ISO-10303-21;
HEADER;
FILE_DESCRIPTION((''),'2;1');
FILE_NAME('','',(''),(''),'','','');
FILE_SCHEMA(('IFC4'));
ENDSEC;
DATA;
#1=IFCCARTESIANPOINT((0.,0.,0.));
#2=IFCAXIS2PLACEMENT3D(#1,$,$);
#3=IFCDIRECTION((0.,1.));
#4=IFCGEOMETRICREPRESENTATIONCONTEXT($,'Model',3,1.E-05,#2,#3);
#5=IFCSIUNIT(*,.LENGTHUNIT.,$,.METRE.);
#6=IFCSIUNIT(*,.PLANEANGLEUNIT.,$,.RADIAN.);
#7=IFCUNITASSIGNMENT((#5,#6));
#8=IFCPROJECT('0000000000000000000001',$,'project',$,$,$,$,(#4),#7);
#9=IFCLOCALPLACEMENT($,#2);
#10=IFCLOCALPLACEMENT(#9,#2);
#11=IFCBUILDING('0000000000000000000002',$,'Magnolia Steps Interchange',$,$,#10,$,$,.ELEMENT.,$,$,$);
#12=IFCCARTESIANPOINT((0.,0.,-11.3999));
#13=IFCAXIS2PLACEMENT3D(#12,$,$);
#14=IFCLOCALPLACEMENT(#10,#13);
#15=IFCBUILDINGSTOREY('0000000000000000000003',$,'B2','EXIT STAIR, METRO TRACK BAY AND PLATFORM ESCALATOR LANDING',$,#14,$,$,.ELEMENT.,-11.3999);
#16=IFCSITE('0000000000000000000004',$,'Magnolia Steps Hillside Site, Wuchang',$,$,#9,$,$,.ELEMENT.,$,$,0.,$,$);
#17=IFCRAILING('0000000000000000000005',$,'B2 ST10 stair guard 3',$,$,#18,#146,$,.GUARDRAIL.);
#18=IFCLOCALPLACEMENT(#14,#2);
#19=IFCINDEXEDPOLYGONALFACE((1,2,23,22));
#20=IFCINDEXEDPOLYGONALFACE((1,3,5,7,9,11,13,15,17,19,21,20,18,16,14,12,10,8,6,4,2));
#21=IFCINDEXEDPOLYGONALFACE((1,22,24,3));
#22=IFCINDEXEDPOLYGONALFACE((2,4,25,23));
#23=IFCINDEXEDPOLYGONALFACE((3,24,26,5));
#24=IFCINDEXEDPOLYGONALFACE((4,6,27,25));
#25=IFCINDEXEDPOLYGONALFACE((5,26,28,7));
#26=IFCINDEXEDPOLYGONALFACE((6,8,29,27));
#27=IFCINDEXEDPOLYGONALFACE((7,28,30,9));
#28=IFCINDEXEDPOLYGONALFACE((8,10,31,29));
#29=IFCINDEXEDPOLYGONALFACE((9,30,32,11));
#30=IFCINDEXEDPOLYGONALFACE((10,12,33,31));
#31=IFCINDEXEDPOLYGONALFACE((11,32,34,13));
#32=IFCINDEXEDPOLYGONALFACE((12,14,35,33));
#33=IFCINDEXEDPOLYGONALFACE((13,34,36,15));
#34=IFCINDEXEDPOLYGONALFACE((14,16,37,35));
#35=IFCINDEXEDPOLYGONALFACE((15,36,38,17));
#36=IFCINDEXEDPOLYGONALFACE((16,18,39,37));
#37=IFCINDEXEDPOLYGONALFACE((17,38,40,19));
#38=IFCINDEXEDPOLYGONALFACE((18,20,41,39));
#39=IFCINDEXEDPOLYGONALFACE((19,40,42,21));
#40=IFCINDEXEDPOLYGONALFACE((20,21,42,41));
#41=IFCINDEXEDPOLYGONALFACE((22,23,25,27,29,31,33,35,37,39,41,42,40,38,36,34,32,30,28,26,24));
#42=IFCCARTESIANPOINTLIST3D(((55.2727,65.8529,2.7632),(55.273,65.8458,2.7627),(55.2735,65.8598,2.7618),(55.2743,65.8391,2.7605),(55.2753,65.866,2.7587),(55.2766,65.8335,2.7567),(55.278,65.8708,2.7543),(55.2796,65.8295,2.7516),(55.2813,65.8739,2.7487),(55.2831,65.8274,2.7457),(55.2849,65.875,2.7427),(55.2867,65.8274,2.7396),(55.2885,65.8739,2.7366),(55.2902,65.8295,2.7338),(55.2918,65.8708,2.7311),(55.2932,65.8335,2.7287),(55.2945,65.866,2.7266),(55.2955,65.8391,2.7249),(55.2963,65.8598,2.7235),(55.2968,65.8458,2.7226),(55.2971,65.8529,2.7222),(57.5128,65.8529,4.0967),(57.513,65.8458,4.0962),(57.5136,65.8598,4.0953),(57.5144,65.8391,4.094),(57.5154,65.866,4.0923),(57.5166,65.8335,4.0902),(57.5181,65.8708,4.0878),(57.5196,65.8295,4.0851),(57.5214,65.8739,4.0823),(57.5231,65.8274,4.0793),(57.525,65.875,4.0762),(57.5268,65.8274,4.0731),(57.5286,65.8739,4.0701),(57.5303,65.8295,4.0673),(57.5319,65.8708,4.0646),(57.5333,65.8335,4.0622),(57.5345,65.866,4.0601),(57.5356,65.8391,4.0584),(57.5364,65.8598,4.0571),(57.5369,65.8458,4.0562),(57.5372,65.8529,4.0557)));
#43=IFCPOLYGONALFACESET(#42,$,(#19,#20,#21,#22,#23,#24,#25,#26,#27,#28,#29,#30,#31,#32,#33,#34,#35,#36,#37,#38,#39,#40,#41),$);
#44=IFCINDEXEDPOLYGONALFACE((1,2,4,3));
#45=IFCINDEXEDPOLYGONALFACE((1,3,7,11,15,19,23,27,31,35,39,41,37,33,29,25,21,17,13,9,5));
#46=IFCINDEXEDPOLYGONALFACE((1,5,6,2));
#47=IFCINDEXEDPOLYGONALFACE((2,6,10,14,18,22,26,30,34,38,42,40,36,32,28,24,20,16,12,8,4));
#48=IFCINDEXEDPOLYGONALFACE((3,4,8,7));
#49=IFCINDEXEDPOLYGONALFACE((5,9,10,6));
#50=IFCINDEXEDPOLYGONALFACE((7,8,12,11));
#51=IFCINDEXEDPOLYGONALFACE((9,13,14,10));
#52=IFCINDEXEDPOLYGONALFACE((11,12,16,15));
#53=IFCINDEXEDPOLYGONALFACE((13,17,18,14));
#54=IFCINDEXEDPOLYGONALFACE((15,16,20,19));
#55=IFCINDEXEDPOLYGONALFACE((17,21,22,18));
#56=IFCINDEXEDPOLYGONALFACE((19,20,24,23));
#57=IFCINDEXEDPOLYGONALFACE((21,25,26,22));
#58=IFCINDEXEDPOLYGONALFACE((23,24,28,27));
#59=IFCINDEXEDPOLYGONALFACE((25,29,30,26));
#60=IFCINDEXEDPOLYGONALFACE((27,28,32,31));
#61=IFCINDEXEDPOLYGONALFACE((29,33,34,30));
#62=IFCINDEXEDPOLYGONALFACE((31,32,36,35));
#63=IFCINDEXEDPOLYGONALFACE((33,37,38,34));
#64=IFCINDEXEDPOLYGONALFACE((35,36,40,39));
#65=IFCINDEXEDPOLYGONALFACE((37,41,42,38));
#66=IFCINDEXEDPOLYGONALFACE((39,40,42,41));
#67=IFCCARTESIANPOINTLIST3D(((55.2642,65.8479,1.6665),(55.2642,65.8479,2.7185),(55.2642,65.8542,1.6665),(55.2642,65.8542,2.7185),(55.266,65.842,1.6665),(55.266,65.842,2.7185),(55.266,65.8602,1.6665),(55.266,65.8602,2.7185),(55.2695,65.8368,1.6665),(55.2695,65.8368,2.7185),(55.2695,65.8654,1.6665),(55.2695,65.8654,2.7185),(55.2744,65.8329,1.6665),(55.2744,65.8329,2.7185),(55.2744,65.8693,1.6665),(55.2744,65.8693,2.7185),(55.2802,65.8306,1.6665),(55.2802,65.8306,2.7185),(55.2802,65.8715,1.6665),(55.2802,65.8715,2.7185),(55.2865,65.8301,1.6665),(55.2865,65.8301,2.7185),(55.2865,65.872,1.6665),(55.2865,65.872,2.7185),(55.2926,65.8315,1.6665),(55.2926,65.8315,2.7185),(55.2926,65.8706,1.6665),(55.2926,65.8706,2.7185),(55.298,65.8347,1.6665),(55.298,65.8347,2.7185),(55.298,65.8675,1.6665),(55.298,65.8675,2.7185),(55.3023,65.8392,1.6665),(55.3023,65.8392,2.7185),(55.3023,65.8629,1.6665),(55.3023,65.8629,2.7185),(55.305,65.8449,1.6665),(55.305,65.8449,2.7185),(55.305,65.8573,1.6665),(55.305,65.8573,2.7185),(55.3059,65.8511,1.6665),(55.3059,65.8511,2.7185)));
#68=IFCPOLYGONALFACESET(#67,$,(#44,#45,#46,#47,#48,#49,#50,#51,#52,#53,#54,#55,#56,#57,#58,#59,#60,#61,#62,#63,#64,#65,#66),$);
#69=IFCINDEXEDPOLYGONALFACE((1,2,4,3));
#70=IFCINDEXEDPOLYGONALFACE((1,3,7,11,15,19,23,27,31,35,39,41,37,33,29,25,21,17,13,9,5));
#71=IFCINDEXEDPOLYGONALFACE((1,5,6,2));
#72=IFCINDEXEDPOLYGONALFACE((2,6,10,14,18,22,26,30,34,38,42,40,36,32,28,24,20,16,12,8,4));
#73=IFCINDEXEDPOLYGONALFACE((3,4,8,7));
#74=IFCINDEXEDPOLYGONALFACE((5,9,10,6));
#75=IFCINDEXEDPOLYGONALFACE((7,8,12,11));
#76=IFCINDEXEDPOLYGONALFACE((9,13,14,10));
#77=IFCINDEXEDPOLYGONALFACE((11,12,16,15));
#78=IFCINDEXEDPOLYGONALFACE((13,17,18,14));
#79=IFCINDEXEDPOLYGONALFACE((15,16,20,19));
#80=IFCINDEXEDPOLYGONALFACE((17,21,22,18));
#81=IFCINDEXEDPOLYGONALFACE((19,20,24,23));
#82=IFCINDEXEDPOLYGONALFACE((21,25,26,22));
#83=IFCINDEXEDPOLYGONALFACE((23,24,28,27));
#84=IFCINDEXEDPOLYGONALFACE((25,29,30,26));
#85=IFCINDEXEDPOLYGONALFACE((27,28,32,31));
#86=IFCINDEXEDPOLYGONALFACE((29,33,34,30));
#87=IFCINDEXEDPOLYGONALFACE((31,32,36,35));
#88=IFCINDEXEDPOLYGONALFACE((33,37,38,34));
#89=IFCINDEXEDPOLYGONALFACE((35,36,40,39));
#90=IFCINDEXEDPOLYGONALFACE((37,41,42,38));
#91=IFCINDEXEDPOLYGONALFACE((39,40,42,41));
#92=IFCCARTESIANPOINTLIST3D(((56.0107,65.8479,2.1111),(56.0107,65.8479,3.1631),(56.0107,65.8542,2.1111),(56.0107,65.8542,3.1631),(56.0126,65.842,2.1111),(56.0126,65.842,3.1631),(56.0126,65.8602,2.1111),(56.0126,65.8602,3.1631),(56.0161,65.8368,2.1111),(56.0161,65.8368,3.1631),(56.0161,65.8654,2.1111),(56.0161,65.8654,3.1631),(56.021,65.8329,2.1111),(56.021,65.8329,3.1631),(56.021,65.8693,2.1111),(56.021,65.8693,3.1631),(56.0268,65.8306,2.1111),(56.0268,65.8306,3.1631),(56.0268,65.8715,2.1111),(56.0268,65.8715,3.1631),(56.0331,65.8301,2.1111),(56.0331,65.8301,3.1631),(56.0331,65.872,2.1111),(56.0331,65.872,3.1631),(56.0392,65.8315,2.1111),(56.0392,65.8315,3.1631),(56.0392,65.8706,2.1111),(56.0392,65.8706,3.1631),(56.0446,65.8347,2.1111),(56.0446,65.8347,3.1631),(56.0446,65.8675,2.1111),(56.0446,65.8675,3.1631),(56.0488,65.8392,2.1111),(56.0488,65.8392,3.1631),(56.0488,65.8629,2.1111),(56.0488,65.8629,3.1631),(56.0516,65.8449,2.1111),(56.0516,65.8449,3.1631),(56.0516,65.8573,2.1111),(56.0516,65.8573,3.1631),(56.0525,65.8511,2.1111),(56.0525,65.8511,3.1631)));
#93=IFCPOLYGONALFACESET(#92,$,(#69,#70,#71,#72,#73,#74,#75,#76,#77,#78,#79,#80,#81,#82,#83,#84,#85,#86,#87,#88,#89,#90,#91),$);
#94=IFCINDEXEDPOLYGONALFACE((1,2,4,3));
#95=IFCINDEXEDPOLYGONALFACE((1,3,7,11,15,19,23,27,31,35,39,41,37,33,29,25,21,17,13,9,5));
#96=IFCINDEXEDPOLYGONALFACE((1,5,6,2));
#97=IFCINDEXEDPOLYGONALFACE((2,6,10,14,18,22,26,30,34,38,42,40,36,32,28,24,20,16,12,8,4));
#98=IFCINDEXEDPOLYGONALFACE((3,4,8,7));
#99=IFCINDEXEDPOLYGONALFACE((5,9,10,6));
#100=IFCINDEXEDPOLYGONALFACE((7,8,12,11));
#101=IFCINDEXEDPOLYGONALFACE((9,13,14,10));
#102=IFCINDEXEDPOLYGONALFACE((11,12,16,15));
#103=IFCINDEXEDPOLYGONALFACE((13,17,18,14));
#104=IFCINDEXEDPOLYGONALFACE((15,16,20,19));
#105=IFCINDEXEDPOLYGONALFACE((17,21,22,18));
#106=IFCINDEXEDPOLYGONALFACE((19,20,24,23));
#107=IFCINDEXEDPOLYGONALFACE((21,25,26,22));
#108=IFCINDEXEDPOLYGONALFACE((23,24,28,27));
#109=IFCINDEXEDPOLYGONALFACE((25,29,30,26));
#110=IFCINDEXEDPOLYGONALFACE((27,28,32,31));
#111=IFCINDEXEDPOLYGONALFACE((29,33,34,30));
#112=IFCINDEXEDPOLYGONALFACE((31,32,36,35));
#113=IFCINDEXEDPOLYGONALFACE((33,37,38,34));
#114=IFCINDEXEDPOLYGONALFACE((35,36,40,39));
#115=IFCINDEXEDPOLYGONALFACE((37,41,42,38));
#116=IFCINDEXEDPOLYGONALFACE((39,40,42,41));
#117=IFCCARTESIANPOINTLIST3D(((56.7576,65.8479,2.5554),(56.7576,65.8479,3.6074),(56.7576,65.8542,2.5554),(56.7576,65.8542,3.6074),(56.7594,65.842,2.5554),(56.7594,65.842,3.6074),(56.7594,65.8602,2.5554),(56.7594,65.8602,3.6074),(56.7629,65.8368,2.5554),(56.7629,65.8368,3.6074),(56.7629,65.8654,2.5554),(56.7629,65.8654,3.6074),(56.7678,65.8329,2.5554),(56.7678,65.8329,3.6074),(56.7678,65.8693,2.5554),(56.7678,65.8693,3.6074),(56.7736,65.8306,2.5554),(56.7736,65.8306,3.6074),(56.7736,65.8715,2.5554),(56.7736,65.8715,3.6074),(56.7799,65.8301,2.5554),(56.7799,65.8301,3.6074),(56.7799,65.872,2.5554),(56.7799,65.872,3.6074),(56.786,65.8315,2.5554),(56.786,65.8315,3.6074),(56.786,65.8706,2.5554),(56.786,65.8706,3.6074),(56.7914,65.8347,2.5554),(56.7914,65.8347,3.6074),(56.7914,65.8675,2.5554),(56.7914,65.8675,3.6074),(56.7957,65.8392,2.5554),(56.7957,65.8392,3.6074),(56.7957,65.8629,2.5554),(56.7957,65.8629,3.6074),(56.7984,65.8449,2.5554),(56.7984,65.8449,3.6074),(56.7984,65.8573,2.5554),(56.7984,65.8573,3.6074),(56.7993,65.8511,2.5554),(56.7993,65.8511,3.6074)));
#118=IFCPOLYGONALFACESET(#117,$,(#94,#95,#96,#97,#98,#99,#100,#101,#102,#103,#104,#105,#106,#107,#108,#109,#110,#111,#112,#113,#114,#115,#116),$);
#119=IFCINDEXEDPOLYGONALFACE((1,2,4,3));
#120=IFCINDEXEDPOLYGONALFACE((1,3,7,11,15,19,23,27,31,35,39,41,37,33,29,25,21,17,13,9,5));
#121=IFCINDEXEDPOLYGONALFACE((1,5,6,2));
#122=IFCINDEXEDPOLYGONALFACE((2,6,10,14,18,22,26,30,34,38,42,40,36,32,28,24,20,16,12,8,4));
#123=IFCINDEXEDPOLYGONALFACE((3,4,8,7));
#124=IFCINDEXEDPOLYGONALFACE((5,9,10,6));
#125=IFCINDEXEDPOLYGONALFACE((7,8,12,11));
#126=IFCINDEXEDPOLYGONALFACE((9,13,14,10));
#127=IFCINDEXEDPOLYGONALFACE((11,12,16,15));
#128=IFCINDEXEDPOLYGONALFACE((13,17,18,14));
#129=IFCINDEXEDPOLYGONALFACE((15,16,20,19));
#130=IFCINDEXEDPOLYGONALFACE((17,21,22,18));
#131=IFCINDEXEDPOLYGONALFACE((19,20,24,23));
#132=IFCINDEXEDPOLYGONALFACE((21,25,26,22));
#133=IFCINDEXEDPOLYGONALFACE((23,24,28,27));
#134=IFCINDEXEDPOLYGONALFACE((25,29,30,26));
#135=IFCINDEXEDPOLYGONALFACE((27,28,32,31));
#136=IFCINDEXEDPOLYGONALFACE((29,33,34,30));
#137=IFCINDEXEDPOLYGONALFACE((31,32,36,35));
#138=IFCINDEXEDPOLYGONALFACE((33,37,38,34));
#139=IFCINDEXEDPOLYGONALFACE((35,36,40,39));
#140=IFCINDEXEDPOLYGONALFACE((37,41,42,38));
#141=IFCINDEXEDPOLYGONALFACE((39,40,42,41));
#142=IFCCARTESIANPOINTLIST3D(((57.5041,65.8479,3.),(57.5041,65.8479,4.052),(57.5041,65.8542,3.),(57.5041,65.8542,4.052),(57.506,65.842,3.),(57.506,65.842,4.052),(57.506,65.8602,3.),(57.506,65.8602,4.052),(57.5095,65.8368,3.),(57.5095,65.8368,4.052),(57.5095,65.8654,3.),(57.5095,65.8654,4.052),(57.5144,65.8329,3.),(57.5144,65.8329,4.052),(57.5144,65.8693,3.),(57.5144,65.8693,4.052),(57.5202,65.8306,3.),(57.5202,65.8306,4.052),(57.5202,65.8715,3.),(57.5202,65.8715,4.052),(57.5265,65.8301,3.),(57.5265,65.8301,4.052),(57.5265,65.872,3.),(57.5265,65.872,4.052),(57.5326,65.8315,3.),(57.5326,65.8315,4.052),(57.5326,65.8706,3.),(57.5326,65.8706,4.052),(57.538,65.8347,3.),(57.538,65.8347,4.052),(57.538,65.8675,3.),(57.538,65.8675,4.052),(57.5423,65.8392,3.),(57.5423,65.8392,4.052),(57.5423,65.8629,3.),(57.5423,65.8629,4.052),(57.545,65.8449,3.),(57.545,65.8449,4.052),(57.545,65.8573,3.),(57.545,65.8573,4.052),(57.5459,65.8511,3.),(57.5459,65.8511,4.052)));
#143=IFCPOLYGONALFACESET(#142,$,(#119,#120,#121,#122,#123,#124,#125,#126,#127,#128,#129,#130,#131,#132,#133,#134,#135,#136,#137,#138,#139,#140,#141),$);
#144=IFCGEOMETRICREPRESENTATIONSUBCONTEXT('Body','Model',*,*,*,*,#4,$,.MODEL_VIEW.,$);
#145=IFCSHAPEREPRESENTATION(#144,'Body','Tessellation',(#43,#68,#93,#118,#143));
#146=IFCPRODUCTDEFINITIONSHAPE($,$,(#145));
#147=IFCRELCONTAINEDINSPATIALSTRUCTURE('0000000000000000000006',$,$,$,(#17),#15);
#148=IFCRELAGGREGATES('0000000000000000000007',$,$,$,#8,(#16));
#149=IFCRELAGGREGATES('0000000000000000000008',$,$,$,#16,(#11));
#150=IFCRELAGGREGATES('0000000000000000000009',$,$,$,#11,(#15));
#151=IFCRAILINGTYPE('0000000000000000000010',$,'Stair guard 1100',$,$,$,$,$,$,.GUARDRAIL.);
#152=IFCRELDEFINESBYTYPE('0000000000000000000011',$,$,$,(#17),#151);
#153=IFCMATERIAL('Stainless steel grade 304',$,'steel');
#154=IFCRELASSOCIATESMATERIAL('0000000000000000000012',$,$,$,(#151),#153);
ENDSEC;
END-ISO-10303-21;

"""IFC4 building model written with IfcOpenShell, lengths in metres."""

from ifc_helpers import new_model, si_unit, direction, frame, origin, origin_2d, place, context, subcontext, project, spatial, circle, extrude, material, type_object, element, save


model = new_model("IFC4")

# Units and contexts
model_context = context("Model", 3, precision=1e-05, world=origin(), true_north=direction((0.0, 1.0)))
body_context = subcontext(model_context, "Body", "Model", "MODEL_VIEW")
ifc_project = project(units=[si_unit("LENGTHUNIT", "METRE"), si_unit("PLANEANGLEUNIT", "RADIAN")], contexts=[model_context])

# Site, building, storey
site_placement = place(None, origin())
site = spatial("IfcSite", under=ifc_project, at=site_placement, Name="Magnolia Steps Hillside Site, Wuchang", CompositionType="ELEMENT", RefElevation=0.0)
building_placement = place(site_placement, origin())
building = spatial("IfcBuilding", under=site, at=building_placement, Name="Magnolia Steps Interchange", CompositionType="ELEMENT")
storey_placement = place(building_placement, frame((0.0, 0.0, -11.3999)))
storey = spatial("IfcBuildingStorey", under=building, at=storey_placement, Name="B2", Description="EXIT STAIR, METRO TRACK BAY AND PLATFORM ESCALATOR LANDING", CompositionType="ELEMENT", Elevation=-11.3999)

# Railing
ifc_material_1 = material(Name="Stainless steel grade 304", Category="steel")
railing_type_1 = type_object("IfcRailingType", Name="Stair guard 1100", PredefinedType="GUARDRAIL", material=ifc_material_1)
railing_1_placement = place(storey_placement, frame((55.2849, 65.8511, 1.6665)))
element("IfcRailing", 1, at=railing_1_placement, inside=storey, type_object=railing_type_1, Name="B2 ST10 stair guard 3", PredefinedType="GUARDRAIL", context=body_context, shape_type="SweptSolid", body=[
    extrude(circle(Radius=0.0239, at=origin_2d()), frame((0.0, 0.0, 1.0762), z_axis=(0.859264, 0.0, 0.511532), x_axis=(0.0, 1.0, 0.0)), (0.0, 0.0, 1.0), 2.6069),
    extrude(circle(Radius=0.021, at=origin_2d()), origin(), (0.0, 0.0, 1.0), 1.052),
    extrude(circle(Radius=0.021, at=origin_2d()), frame((0.7466, 0.0, 0.4446)), (0.0, 0.0, 1.0), 1.052),
    extrude(circle(Radius=0.021, at=origin_2d()), frame((1.4934, 0.0, 0.8889)), (0.0, 0.0, 1.0), 1.052),
    extrude(circle(Radius=0.021, at=origin_2d()), frame((2.24, 0.0, 1.3335)), (0.0, 0.0, 1.0), 1.052),
])

save(model, "model.ifc")
